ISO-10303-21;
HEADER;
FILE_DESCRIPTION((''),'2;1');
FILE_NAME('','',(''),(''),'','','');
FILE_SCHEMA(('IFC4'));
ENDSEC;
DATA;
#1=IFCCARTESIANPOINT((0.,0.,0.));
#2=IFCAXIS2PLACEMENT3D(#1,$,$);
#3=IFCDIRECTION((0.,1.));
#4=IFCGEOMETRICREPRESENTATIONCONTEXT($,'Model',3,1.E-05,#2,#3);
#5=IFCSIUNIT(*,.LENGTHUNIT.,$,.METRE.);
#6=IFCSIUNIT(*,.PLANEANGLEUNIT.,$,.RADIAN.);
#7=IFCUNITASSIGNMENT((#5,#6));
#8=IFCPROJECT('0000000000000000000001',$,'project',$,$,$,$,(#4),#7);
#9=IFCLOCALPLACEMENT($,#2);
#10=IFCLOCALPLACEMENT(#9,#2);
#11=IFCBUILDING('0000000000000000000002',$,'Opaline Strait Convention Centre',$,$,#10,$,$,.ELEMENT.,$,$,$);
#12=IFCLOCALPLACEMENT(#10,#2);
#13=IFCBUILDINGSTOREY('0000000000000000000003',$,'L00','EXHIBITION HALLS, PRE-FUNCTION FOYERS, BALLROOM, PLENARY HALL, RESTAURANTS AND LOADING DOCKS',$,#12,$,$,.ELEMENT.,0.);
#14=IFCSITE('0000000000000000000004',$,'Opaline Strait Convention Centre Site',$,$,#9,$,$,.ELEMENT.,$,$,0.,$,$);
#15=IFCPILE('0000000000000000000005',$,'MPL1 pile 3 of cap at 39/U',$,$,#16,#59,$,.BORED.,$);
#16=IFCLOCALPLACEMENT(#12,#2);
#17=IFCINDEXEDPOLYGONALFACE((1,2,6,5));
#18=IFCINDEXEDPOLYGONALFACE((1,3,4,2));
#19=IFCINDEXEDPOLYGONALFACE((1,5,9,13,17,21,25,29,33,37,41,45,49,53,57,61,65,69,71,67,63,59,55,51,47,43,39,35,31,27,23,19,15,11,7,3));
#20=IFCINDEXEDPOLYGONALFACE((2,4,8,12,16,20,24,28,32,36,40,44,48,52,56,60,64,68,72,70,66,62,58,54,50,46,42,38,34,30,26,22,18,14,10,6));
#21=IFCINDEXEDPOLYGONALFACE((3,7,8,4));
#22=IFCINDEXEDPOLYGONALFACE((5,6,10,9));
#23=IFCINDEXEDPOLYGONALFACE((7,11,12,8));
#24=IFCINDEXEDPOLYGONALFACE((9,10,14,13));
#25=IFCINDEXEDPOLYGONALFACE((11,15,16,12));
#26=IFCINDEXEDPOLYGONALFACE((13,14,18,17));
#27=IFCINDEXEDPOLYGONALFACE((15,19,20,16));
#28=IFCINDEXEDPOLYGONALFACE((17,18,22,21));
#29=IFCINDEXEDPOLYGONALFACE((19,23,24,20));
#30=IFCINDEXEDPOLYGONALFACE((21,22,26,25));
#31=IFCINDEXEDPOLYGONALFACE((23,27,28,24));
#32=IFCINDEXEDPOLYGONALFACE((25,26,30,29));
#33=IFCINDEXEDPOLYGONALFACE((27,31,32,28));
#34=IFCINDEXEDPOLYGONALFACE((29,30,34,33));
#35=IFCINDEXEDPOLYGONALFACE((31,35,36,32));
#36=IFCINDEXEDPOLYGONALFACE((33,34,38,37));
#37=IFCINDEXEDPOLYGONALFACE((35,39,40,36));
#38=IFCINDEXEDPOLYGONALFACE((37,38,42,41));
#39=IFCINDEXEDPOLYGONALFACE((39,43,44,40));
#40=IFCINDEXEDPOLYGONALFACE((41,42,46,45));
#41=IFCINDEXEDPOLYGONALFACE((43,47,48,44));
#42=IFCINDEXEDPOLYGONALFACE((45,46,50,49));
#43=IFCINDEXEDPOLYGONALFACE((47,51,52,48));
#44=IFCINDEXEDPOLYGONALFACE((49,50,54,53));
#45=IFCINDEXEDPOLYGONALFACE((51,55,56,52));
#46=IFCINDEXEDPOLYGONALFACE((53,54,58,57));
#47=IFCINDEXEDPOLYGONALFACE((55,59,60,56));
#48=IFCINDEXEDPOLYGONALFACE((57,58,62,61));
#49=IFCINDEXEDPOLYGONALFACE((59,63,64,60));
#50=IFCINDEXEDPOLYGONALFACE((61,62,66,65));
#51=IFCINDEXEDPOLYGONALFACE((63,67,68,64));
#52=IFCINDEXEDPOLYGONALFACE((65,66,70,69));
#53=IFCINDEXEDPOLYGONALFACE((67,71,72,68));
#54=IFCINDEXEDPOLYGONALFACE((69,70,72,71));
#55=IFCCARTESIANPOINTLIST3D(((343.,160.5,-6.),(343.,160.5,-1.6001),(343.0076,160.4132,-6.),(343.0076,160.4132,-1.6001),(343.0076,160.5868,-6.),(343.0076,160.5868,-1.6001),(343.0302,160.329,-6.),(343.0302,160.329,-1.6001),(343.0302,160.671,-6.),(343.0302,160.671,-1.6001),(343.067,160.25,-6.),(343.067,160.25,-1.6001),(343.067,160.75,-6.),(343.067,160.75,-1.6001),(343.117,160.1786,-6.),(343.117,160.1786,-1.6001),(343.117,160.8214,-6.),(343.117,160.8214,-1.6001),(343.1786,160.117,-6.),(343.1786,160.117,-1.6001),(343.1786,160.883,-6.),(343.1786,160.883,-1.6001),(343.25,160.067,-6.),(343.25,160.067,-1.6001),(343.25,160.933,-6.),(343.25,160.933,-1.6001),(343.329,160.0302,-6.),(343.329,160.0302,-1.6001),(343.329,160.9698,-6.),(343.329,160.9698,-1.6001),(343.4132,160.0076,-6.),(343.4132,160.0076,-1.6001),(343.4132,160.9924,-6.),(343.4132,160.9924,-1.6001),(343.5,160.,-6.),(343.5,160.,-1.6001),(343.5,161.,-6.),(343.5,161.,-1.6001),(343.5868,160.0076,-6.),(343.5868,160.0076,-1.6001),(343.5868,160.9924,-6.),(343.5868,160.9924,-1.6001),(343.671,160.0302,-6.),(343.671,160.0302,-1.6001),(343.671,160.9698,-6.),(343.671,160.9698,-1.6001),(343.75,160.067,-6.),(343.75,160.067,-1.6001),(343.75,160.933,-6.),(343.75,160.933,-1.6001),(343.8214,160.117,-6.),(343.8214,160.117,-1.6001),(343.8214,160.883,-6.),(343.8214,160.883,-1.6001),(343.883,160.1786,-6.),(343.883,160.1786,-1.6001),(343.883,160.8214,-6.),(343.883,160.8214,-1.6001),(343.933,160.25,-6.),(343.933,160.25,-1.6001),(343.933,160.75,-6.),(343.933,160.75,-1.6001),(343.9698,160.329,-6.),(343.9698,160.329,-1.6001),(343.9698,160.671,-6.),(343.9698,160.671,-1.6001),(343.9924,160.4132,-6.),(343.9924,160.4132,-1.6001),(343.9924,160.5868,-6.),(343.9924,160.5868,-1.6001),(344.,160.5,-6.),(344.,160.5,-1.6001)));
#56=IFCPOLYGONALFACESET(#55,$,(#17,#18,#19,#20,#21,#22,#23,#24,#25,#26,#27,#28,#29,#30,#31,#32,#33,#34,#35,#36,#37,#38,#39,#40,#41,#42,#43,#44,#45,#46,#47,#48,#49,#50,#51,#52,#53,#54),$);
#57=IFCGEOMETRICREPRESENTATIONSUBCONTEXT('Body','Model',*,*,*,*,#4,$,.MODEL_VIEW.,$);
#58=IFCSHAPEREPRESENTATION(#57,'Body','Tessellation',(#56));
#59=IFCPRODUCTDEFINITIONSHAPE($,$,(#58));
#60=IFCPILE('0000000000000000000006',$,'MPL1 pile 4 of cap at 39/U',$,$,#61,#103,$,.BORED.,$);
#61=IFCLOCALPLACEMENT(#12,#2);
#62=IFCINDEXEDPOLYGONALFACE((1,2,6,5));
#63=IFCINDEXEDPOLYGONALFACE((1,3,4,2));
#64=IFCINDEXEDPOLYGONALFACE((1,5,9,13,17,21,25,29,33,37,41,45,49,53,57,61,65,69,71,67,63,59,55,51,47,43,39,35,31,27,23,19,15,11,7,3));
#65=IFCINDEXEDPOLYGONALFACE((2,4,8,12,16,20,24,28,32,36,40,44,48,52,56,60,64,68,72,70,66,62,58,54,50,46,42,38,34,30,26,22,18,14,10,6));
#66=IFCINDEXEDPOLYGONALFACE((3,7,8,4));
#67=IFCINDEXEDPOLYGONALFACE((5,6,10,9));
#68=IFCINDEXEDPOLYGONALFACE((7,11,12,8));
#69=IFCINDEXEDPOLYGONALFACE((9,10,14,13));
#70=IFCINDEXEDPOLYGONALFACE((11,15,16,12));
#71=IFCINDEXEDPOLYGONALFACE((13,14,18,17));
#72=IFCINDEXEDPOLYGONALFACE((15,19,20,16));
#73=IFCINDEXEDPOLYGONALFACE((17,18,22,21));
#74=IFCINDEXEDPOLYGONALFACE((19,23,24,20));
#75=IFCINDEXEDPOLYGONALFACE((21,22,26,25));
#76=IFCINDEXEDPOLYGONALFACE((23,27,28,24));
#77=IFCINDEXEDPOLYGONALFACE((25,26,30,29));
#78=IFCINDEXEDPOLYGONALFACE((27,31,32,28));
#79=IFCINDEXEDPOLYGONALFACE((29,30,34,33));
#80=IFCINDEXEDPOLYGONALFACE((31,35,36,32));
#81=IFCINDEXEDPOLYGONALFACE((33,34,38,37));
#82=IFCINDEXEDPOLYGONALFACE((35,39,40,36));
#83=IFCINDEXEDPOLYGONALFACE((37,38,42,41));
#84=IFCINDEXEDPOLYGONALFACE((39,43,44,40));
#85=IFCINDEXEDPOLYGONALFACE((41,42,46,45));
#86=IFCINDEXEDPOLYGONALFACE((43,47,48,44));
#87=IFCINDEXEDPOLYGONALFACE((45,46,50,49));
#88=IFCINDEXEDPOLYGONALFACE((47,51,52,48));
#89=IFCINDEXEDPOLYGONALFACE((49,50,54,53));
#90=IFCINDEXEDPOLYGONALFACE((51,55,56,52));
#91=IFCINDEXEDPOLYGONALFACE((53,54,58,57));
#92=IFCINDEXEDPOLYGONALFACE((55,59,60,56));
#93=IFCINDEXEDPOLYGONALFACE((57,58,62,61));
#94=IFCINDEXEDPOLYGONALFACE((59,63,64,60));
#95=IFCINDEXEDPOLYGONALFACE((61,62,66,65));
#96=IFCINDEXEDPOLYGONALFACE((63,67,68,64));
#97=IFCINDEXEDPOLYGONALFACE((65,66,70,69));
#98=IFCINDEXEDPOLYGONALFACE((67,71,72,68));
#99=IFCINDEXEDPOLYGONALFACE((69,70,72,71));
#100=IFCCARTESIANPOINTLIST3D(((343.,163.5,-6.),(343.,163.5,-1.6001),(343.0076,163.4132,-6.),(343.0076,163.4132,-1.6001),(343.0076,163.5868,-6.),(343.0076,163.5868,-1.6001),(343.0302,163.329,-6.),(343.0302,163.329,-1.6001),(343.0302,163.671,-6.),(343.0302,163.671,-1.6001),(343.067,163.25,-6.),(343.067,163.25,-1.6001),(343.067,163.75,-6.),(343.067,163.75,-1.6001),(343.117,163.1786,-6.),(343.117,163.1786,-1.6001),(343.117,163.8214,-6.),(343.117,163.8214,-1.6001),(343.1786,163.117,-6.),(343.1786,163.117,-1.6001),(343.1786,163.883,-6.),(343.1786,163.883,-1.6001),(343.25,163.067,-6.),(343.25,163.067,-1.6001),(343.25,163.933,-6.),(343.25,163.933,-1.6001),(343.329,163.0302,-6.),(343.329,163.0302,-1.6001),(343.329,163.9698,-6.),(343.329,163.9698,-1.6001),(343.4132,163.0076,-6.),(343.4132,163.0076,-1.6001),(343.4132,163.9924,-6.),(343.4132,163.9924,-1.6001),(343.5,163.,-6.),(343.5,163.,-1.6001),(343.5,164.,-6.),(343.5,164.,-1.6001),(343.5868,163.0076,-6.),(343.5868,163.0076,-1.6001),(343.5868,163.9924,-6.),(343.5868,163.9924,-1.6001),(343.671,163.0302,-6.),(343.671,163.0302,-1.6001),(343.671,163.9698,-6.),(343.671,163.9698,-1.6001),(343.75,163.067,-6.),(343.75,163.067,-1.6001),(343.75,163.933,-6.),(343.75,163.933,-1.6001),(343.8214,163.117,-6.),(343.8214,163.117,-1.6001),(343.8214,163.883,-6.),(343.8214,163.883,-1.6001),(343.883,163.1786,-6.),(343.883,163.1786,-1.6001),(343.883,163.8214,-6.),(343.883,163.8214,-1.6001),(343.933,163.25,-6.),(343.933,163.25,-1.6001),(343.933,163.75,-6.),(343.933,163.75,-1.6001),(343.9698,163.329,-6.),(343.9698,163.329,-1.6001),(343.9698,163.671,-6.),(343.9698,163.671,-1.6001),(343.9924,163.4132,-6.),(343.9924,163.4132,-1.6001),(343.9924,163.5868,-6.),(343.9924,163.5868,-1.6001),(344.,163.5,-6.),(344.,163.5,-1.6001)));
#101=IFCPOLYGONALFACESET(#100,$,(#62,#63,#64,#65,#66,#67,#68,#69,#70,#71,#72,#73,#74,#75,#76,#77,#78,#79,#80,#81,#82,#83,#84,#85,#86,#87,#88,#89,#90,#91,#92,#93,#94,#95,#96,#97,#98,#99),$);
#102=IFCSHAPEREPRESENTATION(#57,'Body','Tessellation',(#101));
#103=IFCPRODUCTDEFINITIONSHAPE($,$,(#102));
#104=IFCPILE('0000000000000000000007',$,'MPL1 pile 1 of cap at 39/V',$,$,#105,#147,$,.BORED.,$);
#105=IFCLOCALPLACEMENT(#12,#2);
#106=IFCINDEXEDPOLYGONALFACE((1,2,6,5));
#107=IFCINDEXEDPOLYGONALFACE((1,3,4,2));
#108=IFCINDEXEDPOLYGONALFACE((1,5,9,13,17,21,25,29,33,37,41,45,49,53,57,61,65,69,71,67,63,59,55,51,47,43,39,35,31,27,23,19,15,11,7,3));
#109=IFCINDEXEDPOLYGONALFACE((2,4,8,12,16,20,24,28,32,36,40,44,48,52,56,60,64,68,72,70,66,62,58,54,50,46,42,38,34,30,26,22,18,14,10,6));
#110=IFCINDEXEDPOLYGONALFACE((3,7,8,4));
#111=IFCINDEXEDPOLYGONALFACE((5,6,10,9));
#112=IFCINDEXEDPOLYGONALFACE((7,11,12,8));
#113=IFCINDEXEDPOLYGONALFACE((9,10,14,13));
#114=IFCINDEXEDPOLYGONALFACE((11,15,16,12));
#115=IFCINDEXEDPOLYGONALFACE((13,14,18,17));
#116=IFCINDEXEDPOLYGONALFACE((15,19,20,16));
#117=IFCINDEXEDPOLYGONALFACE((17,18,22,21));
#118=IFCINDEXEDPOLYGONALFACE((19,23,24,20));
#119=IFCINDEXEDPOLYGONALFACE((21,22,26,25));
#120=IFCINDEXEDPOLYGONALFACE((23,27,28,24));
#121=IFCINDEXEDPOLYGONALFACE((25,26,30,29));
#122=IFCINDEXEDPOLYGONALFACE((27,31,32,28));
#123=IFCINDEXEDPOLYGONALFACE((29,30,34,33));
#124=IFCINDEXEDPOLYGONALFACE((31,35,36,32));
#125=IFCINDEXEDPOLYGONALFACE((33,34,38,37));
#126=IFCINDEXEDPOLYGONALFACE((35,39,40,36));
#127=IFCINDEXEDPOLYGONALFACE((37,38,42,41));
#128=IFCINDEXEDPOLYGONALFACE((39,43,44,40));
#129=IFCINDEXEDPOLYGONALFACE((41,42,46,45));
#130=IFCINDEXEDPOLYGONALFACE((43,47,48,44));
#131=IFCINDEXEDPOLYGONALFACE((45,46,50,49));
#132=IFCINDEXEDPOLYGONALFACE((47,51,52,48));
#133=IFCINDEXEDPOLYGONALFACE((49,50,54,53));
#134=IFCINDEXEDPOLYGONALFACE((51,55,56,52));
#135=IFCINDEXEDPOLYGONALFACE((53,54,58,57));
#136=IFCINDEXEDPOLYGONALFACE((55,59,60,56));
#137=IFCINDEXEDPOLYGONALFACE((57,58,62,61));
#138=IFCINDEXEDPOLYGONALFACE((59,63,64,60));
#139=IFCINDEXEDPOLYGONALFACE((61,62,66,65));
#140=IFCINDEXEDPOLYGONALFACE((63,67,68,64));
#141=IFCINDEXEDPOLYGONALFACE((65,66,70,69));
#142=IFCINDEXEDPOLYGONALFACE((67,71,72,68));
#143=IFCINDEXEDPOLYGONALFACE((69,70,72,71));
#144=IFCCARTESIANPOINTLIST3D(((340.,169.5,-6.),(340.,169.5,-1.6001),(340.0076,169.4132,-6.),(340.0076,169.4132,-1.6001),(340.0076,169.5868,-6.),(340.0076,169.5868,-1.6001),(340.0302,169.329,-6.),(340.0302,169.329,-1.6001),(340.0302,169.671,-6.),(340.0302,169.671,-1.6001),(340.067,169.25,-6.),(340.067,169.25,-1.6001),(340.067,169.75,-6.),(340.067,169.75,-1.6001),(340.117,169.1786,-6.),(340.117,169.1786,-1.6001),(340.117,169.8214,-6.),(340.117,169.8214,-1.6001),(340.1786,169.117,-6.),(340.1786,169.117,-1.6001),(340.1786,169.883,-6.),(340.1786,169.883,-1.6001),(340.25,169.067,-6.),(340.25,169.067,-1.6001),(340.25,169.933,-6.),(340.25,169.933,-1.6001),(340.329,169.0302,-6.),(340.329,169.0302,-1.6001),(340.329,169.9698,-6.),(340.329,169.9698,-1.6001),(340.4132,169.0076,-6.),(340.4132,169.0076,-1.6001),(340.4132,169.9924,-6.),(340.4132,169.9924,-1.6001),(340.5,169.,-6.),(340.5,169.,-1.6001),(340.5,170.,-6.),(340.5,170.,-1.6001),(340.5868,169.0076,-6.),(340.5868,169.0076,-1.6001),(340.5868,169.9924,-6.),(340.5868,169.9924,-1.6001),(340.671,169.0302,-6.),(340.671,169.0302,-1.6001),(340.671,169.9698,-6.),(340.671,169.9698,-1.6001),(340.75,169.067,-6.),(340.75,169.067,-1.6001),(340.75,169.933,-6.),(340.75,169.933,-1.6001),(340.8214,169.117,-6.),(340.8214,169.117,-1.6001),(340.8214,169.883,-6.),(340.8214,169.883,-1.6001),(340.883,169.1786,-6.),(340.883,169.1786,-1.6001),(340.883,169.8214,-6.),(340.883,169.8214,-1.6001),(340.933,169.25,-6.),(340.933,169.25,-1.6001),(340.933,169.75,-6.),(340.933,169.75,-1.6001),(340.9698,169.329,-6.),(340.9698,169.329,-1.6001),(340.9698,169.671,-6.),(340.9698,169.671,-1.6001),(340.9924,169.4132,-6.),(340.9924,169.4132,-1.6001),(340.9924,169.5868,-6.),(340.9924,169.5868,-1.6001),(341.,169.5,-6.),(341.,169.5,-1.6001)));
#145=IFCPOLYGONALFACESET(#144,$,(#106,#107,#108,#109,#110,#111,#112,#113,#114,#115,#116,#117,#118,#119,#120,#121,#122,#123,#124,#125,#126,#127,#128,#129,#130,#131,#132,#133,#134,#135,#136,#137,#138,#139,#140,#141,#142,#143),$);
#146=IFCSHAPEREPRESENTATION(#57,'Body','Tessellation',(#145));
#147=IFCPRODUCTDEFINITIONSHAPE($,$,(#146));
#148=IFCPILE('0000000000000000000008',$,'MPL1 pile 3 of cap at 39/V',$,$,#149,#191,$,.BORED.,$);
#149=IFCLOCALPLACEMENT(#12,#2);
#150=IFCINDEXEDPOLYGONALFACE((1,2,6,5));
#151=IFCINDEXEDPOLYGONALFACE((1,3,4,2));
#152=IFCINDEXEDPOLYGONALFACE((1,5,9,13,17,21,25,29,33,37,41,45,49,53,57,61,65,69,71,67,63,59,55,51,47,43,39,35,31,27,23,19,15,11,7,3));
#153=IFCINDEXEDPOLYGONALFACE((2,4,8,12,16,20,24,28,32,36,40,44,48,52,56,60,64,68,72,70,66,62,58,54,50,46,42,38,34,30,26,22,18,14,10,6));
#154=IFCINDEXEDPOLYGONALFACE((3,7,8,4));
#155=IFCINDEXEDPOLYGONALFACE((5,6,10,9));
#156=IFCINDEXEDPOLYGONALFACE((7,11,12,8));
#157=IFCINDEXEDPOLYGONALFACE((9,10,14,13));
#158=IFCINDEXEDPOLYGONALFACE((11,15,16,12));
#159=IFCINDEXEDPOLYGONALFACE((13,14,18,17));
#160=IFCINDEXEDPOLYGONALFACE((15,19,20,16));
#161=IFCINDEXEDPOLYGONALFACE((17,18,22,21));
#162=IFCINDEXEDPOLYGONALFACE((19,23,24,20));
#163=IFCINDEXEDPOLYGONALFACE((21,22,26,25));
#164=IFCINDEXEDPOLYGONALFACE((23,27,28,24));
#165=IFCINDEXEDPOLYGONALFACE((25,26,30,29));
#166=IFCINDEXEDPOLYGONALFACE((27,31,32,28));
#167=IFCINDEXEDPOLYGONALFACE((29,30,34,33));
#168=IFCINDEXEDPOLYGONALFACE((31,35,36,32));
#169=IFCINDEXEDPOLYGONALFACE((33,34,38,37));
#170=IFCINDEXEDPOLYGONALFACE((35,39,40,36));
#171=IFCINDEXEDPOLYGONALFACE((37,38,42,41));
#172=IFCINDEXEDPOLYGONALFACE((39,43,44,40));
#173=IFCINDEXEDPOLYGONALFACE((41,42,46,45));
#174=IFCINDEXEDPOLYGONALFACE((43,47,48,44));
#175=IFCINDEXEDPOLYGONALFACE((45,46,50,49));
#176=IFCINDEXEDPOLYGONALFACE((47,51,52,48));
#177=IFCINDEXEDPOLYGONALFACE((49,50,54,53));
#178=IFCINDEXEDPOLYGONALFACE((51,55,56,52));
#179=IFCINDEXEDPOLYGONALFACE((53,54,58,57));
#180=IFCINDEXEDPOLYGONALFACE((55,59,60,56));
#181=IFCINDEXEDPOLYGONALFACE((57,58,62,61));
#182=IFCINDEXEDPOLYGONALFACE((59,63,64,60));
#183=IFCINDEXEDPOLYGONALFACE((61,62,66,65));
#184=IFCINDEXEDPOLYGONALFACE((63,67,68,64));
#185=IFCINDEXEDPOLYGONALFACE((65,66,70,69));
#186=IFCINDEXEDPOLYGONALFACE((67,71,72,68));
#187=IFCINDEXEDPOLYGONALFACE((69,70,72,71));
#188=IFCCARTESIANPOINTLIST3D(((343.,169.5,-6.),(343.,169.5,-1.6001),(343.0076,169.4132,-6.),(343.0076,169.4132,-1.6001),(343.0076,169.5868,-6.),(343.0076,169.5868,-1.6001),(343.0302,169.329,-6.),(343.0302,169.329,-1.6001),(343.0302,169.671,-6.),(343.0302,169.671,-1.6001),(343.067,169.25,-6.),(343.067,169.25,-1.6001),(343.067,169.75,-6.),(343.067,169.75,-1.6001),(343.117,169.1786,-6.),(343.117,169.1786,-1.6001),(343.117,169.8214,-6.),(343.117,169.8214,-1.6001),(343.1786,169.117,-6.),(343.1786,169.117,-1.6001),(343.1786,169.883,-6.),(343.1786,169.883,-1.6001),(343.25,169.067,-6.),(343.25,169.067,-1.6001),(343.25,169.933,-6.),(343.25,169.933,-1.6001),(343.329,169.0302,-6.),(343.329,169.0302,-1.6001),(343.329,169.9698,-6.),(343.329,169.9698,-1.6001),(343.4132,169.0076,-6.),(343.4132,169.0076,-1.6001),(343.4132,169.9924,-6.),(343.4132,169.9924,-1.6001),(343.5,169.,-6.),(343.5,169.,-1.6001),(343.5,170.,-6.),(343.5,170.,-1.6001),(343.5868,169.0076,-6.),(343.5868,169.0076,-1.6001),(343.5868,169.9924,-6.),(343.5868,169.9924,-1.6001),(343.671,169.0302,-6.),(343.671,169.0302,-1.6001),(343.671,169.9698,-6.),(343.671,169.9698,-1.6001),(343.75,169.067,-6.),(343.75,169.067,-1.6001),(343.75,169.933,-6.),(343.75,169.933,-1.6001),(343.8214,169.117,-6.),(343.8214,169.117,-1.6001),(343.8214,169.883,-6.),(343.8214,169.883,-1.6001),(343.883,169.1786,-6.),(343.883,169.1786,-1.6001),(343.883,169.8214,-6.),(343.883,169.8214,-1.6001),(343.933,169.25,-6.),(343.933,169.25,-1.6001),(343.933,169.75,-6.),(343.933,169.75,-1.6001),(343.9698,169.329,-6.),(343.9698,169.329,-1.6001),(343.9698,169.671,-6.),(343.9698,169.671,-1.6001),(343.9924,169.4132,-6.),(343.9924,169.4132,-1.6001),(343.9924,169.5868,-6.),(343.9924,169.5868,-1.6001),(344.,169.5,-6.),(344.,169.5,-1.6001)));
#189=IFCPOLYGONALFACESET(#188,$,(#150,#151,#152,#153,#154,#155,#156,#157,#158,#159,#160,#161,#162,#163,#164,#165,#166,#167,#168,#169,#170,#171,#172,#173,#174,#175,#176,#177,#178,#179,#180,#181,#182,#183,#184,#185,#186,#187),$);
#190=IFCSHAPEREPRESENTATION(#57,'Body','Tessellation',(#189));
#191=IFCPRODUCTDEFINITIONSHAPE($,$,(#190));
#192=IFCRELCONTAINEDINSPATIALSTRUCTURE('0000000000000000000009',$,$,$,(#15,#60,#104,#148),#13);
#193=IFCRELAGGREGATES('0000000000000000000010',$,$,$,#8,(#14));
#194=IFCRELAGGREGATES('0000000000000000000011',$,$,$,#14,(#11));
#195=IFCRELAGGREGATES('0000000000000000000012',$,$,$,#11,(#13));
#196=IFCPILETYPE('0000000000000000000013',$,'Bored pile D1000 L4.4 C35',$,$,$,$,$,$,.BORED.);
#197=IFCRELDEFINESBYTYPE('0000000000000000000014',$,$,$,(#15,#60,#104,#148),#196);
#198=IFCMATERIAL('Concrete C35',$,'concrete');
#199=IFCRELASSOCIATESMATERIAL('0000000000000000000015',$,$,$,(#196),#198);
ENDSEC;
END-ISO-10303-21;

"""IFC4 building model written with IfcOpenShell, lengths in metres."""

from ifc_helpers import new_model, si_unit, direction, frame, origin, origin_2d, place, context, subcontext, project, spatial, circle, extrude, material, material_profile, profile_set, type_object, element, save


model = new_model("IFC4")

# Units and contexts
model_context = context("Model", 3, precision=1e-05, world=origin(), true_north=direction((0.0, 1.0)))
body_context = subcontext(model_context, "Body", "Model", "MODEL_VIEW")
ifc_project = project(units=[si_unit("LENGTHUNIT", "METRE"), si_unit("PLANEANGLEUNIT", "RADIAN")], contexts=[model_context])

# Site, building, storey
site_placement = place(None, origin())
site = spatial("IfcSite", under=ifc_project, at=site_placement, Name="Opaline Strait Convention Centre Site", CompositionType="ELEMENT", RefElevation=0.0)
building_placement = place(site_placement, origin())
building = spatial("IfcBuilding", under=site, at=building_placement, Name="Opaline Strait Convention Centre", CompositionType="ELEMENT")
storey_placement = place(building_placement, origin())
storey = spatial("IfcBuildingStorey", under=building, at=storey_placement, Name="L00", Description="EXHIBITION HALLS, PRE-FUNCTION FOYERS, BALLROOM, PLENARY HALL, RESTAURANTS AND LOADING DOCKS", CompositionType="ELEMENT", Elevation=0.0)

# Piles
ifc_material_1 = material(Name="Concrete C35", Category="concrete")
ifc_material_profile_1 = material_profile(ifc_material_1, circle(Radius=0.5, at=origin_2d()), Name="D1000")
ifc_profile_set_1 = profile_set([ifc_material_profile_1], Name="Concrete C35")
pile_type = type_object("IfcPileType", Name="Bored pile D1000 L4.4 C35", PredefinedType="BORED", material=ifc_profile_set_1)
for number, where, z_axis, x_axis, name in (
    (1, (343.5, 160.5, -1.6001), (0.0, 0.0, -1.0), (1.0, 0.0, 0.0), "MPL1 pile 3 of cap at 39/U"),
    (2, (343.5, 163.5, -1.6001), (0.0, 0.0, -1.0), (1.0, 0.0, 0.0), "MPL1 pile 4 of cap at 39/U"),
    (3, (340.5, 169.5, -1.6001), (0.0, 0.0, -1.0), (1.0, 0.0, 0.0), "MPL1 pile 1 of cap at 39/V"),
    (4, (343.5, 169.5, -1.6001), (0.0, 0.0, -1.0), (1.0, 0.0, 0.0), "MPL1 pile 3 of cap at 39/V"),
):
    element("IfcPile", number, at=place(storey_placement, frame(where, z_axis=z_axis, x_axis=x_axis)), inside=storey, type_object=pile_type, Name=name, PredefinedType="BORED", context=body_context, shape_type="SweptSolid", body=[
        extrude(circle(Radius=0.5, at=origin_2d()), origin(), (0.0, 0.0, 1.0), 4.3999),
    ])

save(model, "model.ifc")
